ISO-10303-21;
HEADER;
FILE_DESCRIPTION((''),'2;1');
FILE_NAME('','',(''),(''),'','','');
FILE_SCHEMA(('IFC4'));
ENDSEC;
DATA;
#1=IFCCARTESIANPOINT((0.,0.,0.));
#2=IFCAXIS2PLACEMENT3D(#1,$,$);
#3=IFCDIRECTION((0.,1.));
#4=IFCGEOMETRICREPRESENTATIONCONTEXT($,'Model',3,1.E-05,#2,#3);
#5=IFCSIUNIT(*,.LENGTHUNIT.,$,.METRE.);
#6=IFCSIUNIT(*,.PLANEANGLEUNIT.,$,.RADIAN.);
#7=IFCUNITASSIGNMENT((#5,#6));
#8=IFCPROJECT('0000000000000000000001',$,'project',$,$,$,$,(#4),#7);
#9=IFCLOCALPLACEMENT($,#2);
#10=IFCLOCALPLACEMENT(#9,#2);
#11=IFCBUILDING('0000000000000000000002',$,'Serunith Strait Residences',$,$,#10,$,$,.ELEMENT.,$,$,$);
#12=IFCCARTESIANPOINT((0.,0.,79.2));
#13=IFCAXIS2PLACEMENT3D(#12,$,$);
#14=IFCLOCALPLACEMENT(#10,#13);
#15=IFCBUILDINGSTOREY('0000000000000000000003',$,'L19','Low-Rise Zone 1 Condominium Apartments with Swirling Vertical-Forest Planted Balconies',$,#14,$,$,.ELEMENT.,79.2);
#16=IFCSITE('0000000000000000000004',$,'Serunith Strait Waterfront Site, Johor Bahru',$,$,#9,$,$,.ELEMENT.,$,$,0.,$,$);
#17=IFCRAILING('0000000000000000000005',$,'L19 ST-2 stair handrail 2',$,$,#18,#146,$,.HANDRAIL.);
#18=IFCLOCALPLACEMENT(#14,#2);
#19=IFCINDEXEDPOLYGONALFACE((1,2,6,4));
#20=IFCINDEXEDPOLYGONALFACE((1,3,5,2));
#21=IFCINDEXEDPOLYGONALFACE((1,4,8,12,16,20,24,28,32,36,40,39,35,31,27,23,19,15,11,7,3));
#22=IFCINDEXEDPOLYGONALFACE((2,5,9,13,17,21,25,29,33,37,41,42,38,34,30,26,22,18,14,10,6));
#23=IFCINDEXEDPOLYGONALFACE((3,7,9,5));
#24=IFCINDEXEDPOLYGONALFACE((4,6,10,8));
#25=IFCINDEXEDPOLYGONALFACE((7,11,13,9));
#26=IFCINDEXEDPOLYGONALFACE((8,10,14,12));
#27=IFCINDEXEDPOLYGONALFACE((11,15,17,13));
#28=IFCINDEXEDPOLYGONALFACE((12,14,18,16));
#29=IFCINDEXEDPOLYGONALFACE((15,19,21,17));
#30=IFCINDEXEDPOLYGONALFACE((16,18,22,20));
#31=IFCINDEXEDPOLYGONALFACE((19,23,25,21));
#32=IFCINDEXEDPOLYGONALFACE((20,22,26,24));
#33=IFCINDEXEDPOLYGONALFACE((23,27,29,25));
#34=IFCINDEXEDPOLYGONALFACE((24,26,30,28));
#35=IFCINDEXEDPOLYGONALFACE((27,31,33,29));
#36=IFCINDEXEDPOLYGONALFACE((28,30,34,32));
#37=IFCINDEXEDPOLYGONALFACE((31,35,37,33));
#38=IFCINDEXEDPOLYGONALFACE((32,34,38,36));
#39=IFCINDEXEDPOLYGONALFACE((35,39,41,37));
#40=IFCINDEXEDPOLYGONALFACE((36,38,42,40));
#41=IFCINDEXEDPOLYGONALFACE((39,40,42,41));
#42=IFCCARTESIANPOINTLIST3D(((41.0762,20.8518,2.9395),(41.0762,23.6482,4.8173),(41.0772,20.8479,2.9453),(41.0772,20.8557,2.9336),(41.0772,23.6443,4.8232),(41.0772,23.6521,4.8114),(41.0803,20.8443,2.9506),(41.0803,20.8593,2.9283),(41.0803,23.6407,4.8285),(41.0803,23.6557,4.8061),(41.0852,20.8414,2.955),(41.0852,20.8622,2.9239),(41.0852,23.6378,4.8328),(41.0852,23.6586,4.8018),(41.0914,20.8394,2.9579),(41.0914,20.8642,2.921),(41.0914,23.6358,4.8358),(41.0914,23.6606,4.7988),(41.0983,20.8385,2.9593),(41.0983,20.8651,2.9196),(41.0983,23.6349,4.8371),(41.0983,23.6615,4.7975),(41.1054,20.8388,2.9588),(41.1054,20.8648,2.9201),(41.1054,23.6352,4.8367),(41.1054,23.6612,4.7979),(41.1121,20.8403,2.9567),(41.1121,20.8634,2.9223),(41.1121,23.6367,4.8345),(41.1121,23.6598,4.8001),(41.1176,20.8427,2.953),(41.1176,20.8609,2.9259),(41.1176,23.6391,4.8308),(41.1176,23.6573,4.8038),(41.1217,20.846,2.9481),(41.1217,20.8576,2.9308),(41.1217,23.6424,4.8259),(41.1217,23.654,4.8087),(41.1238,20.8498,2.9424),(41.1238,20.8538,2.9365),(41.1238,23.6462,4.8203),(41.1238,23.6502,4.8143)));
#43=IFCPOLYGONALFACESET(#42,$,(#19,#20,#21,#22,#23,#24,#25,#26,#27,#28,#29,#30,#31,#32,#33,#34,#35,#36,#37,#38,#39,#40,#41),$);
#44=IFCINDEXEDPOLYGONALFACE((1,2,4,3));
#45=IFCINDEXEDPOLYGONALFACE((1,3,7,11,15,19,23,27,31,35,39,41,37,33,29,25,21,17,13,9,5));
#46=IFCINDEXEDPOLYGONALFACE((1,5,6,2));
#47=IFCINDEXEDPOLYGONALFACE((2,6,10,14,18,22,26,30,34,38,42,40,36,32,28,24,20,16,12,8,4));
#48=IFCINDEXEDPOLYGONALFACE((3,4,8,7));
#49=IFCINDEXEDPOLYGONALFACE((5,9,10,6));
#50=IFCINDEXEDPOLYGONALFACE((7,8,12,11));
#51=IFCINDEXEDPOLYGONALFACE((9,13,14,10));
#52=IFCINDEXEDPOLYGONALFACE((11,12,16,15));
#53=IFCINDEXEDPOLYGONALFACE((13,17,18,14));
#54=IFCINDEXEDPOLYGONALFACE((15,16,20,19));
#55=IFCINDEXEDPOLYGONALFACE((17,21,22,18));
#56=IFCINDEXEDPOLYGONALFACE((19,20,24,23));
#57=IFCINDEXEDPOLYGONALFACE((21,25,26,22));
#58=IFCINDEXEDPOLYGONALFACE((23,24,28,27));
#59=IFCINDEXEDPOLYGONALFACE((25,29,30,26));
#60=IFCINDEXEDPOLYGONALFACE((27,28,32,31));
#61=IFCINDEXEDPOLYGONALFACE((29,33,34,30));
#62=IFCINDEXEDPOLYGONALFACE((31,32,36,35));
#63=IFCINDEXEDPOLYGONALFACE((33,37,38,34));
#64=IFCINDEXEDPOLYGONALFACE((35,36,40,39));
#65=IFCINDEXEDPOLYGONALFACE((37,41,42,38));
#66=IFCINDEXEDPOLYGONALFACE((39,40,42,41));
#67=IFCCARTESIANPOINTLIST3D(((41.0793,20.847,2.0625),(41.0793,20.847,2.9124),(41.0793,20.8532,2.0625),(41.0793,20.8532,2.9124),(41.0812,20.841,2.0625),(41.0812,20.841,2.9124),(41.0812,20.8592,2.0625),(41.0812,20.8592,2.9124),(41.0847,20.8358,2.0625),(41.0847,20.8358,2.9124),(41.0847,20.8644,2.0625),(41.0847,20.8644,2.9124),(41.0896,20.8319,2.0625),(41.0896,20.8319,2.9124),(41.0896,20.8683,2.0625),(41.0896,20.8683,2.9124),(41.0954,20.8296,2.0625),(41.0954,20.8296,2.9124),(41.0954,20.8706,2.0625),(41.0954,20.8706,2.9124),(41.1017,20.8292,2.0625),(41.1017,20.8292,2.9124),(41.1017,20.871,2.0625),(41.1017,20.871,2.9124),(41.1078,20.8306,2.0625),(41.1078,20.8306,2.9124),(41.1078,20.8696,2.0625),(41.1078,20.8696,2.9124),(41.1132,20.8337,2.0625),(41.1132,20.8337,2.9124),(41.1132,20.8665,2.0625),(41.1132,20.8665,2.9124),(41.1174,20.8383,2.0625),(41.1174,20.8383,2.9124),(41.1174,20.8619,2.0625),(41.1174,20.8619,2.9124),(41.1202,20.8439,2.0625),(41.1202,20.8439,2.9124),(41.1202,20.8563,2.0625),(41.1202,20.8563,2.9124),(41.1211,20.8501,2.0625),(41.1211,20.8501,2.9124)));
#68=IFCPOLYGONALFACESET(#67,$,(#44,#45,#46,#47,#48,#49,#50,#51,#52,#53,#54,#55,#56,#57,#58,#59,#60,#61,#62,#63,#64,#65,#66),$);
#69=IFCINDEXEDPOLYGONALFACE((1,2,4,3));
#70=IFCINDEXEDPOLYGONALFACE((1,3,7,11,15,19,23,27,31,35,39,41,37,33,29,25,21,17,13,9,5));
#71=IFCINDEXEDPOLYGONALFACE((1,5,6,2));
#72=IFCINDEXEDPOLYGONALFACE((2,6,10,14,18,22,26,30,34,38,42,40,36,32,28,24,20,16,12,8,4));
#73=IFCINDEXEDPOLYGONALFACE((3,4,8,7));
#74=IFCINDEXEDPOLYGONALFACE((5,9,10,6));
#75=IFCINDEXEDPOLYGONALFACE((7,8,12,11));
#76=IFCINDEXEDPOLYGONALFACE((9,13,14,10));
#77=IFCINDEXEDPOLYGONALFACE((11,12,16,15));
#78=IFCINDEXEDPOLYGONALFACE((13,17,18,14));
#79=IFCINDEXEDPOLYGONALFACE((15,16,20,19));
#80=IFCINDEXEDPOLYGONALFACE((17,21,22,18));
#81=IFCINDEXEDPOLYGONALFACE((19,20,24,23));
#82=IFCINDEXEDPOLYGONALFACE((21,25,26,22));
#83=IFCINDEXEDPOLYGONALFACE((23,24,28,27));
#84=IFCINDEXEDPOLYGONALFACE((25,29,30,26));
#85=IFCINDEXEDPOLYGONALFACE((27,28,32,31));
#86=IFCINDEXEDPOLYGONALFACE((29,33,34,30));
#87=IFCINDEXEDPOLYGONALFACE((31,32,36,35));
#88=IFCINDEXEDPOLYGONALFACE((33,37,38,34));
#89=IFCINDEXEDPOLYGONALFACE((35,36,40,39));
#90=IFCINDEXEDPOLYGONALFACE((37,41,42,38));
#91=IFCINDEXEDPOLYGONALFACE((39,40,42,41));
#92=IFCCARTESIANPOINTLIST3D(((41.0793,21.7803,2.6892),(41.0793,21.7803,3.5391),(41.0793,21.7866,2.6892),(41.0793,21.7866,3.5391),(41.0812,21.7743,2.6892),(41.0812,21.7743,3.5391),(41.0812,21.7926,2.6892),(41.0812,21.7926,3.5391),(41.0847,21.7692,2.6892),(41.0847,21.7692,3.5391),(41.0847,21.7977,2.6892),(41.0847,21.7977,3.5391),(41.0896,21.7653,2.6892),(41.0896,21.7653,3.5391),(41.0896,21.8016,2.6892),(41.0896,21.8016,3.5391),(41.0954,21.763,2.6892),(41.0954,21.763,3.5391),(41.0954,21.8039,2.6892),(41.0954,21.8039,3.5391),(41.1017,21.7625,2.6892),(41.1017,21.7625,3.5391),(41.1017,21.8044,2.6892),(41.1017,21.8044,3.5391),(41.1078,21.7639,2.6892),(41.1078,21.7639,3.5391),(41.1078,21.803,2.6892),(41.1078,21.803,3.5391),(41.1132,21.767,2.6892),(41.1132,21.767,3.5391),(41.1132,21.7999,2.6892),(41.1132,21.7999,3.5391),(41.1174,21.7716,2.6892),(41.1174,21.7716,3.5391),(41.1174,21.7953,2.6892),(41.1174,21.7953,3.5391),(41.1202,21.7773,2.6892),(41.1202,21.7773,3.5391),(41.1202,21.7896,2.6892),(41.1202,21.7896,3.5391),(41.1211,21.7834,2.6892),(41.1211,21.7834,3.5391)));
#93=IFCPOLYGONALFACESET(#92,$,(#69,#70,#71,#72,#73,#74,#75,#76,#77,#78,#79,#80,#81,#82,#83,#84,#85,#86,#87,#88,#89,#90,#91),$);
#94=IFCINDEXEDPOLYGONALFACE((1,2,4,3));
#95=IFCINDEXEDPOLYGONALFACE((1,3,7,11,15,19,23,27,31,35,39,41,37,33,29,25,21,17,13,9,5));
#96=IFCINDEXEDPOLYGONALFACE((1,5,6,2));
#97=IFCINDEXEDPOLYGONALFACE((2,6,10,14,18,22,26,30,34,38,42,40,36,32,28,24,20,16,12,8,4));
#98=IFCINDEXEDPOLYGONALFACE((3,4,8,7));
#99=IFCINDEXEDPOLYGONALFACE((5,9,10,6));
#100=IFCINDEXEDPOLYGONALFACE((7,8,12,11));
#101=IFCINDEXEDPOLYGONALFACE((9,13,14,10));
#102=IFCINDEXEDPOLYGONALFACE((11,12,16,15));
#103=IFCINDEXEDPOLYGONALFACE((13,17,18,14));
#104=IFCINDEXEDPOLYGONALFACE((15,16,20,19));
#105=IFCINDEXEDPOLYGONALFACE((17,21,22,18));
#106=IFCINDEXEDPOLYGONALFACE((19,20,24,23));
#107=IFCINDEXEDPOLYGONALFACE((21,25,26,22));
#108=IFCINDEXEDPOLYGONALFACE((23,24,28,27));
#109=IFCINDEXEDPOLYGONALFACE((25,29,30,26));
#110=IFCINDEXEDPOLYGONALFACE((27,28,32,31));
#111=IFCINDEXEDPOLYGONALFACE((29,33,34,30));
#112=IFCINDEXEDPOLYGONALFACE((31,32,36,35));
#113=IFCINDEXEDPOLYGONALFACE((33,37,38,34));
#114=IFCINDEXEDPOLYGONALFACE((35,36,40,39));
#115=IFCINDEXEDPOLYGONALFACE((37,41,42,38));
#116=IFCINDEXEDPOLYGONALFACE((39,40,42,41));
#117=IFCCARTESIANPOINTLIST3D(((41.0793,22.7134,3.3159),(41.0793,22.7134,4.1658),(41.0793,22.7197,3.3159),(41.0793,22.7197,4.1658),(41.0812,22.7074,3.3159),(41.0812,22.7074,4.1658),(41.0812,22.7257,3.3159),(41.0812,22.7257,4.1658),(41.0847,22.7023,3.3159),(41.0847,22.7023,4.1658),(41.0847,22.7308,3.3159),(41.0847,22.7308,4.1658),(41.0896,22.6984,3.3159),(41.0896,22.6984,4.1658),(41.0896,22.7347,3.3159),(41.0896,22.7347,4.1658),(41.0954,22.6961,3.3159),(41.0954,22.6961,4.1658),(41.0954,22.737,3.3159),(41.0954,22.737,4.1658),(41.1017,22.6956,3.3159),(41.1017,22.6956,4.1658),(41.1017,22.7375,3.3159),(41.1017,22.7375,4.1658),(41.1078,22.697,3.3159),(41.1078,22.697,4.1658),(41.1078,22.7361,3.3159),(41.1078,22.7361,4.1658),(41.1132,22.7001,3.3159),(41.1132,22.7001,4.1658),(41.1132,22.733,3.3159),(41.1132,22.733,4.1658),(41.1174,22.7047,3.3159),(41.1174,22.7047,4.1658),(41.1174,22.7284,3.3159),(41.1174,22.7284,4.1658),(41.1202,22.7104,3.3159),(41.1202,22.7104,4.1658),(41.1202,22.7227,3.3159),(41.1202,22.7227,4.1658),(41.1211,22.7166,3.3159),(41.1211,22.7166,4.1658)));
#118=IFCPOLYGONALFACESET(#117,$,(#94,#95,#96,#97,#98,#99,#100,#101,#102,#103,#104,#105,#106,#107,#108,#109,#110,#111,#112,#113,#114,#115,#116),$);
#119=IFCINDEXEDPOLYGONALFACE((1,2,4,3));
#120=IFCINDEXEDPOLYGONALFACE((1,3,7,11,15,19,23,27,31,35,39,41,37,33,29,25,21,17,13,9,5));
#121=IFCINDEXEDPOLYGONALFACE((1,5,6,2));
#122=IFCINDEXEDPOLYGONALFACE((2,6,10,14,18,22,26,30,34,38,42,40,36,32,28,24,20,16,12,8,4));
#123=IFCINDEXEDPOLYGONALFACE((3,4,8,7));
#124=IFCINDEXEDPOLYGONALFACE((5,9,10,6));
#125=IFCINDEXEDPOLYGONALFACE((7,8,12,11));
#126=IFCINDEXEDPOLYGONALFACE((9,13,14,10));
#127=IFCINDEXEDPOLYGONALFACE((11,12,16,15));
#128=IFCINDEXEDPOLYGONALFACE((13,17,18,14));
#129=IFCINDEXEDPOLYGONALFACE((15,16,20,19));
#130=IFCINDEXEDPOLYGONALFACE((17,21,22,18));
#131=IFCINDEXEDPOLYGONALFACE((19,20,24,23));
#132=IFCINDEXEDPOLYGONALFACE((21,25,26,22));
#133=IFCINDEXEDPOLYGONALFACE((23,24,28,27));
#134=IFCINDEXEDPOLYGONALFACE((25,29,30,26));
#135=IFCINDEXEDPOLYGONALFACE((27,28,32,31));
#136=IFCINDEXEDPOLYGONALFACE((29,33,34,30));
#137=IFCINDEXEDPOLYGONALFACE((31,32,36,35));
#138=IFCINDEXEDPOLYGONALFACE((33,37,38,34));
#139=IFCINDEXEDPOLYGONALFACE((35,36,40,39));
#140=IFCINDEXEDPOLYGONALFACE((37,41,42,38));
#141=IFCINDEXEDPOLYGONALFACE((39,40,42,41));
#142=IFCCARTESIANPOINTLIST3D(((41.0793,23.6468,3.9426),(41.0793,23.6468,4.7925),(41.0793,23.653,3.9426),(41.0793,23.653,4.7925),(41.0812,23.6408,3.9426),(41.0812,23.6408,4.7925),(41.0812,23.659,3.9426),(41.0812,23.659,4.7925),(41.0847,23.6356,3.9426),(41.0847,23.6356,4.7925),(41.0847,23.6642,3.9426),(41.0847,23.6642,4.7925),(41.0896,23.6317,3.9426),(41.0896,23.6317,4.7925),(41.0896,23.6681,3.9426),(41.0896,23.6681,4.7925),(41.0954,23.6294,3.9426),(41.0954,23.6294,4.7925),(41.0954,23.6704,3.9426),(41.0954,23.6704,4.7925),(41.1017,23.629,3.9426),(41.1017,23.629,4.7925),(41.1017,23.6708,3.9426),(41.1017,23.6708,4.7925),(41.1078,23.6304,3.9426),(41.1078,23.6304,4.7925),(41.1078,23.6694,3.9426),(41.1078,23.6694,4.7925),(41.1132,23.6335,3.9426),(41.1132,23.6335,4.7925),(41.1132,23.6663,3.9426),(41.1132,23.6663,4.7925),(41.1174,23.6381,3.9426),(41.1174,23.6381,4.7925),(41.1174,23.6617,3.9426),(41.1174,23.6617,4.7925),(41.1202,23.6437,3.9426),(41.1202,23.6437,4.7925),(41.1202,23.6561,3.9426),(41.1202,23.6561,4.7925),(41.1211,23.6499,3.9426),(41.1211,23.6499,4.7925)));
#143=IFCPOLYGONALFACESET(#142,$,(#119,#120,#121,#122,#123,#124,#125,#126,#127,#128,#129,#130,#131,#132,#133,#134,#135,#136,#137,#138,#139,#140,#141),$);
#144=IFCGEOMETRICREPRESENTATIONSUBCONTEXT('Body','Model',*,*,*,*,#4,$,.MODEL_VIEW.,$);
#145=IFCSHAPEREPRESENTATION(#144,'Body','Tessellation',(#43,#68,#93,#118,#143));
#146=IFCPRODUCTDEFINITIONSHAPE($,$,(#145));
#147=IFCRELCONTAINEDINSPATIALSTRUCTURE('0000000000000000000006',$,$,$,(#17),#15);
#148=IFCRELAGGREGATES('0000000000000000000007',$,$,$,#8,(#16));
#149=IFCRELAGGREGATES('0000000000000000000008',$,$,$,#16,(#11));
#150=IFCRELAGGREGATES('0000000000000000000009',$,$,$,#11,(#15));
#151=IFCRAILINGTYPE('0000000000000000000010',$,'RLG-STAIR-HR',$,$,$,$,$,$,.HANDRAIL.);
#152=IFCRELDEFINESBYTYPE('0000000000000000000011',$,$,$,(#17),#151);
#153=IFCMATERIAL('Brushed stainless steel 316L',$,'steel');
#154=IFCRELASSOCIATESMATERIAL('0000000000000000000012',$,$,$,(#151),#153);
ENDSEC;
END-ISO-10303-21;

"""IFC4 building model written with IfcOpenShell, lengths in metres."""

from ifc_helpers import new_model, si_unit, direction, frame, origin, origin_2d, place, context, subcontext, project, spatial, circle, extrude, material, type_object, element, save


model = new_model("IFC4")

# Units and contexts
model_context = context("Model", 3, precision=1e-05, world=origin(), true_north=direction((0.0, 1.0)))
body_context = subcontext(model_context, "Body", "Model", "MODEL_VIEW")
ifc_project = project(units=[si_unit("LENGTHUNIT", "METRE"), si_unit("PLANEANGLEUNIT", "RADIAN")], contexts=[model_context])

# Site, building, storey
site_placement = place(None, origin())
site = spatial("IfcSite", under=ifc_project, at=site_placement, Name="Serunith Strait Waterfront Site, Johor Bahru", CompositionType="ELEMENT", RefElevation=0.0)
building_placement = place(site_placement, origin())
building = spatial("IfcBuilding", under=site, at=building_placement, Name="Serunith Strait Residences", CompositionType="ELEMENT")
storey_placement = place(building_placement, frame((0.0, 0.0, 79.2)))
storey = spatial("IfcBuildingStorey", under=building, at=storey_placement, Name="L19", Description="Low-Rise Zone 1 Condominium Apartments with Swirling Vertical-Forest Planted Balconies", CompositionType="ELEMENT", Elevation=79.2)

# Railing
ifc_material_1 = material(Name="Brushed stainless steel 316L", Category="steel")
railing_type_1 = type_object("IfcRailingType", Name="RLG-STAIR-HR", PredefinedType="HANDRAIL", material=ifc_material_1)
railing_1_placement = place(storey_placement, frame((41.1001, 20.8501, 2.0625)))
element("IfcRailing", 1, at=railing_1_placement, inside=storey, type_object=railing_type_1, Name="L19 ST-2 stair handrail 2", PredefinedType="HANDRAIL", context=body_context, shape_type="SweptSolid", body=[
    extrude(circle(Radius=0.0239, at=origin_2d()), frame((0.0, 0.0017, 0.877), z_axis=(0.0, 0.830186, 0.557487), x_axis=(-1.0, 0.0, 0.0)), (0.0, 0.0, 1.0), 3.3684),
    extrude(circle(Radius=0.021, at=origin_2d()), origin(), (0.0, 0.0, 1.0), 0.8499),
    extrude(circle(Radius=0.021, at=origin_2d()), frame((0.0, 0.9333, 0.6267)), (0.0, 0.0, 1.0), 0.8499),
    extrude(circle(Radius=0.021, at=origin_2d()), frame((0.0, 1.8665, 1.2534)), (0.0, 0.0, 1.0), 0.8499),
    extrude(circle(Radius=0.021, at=origin_2d()), frame((0.0, 2.7998, 1.8801)), (0.0, 0.0, 1.0), 0.8499),
])

save(model, "model.ifc")
